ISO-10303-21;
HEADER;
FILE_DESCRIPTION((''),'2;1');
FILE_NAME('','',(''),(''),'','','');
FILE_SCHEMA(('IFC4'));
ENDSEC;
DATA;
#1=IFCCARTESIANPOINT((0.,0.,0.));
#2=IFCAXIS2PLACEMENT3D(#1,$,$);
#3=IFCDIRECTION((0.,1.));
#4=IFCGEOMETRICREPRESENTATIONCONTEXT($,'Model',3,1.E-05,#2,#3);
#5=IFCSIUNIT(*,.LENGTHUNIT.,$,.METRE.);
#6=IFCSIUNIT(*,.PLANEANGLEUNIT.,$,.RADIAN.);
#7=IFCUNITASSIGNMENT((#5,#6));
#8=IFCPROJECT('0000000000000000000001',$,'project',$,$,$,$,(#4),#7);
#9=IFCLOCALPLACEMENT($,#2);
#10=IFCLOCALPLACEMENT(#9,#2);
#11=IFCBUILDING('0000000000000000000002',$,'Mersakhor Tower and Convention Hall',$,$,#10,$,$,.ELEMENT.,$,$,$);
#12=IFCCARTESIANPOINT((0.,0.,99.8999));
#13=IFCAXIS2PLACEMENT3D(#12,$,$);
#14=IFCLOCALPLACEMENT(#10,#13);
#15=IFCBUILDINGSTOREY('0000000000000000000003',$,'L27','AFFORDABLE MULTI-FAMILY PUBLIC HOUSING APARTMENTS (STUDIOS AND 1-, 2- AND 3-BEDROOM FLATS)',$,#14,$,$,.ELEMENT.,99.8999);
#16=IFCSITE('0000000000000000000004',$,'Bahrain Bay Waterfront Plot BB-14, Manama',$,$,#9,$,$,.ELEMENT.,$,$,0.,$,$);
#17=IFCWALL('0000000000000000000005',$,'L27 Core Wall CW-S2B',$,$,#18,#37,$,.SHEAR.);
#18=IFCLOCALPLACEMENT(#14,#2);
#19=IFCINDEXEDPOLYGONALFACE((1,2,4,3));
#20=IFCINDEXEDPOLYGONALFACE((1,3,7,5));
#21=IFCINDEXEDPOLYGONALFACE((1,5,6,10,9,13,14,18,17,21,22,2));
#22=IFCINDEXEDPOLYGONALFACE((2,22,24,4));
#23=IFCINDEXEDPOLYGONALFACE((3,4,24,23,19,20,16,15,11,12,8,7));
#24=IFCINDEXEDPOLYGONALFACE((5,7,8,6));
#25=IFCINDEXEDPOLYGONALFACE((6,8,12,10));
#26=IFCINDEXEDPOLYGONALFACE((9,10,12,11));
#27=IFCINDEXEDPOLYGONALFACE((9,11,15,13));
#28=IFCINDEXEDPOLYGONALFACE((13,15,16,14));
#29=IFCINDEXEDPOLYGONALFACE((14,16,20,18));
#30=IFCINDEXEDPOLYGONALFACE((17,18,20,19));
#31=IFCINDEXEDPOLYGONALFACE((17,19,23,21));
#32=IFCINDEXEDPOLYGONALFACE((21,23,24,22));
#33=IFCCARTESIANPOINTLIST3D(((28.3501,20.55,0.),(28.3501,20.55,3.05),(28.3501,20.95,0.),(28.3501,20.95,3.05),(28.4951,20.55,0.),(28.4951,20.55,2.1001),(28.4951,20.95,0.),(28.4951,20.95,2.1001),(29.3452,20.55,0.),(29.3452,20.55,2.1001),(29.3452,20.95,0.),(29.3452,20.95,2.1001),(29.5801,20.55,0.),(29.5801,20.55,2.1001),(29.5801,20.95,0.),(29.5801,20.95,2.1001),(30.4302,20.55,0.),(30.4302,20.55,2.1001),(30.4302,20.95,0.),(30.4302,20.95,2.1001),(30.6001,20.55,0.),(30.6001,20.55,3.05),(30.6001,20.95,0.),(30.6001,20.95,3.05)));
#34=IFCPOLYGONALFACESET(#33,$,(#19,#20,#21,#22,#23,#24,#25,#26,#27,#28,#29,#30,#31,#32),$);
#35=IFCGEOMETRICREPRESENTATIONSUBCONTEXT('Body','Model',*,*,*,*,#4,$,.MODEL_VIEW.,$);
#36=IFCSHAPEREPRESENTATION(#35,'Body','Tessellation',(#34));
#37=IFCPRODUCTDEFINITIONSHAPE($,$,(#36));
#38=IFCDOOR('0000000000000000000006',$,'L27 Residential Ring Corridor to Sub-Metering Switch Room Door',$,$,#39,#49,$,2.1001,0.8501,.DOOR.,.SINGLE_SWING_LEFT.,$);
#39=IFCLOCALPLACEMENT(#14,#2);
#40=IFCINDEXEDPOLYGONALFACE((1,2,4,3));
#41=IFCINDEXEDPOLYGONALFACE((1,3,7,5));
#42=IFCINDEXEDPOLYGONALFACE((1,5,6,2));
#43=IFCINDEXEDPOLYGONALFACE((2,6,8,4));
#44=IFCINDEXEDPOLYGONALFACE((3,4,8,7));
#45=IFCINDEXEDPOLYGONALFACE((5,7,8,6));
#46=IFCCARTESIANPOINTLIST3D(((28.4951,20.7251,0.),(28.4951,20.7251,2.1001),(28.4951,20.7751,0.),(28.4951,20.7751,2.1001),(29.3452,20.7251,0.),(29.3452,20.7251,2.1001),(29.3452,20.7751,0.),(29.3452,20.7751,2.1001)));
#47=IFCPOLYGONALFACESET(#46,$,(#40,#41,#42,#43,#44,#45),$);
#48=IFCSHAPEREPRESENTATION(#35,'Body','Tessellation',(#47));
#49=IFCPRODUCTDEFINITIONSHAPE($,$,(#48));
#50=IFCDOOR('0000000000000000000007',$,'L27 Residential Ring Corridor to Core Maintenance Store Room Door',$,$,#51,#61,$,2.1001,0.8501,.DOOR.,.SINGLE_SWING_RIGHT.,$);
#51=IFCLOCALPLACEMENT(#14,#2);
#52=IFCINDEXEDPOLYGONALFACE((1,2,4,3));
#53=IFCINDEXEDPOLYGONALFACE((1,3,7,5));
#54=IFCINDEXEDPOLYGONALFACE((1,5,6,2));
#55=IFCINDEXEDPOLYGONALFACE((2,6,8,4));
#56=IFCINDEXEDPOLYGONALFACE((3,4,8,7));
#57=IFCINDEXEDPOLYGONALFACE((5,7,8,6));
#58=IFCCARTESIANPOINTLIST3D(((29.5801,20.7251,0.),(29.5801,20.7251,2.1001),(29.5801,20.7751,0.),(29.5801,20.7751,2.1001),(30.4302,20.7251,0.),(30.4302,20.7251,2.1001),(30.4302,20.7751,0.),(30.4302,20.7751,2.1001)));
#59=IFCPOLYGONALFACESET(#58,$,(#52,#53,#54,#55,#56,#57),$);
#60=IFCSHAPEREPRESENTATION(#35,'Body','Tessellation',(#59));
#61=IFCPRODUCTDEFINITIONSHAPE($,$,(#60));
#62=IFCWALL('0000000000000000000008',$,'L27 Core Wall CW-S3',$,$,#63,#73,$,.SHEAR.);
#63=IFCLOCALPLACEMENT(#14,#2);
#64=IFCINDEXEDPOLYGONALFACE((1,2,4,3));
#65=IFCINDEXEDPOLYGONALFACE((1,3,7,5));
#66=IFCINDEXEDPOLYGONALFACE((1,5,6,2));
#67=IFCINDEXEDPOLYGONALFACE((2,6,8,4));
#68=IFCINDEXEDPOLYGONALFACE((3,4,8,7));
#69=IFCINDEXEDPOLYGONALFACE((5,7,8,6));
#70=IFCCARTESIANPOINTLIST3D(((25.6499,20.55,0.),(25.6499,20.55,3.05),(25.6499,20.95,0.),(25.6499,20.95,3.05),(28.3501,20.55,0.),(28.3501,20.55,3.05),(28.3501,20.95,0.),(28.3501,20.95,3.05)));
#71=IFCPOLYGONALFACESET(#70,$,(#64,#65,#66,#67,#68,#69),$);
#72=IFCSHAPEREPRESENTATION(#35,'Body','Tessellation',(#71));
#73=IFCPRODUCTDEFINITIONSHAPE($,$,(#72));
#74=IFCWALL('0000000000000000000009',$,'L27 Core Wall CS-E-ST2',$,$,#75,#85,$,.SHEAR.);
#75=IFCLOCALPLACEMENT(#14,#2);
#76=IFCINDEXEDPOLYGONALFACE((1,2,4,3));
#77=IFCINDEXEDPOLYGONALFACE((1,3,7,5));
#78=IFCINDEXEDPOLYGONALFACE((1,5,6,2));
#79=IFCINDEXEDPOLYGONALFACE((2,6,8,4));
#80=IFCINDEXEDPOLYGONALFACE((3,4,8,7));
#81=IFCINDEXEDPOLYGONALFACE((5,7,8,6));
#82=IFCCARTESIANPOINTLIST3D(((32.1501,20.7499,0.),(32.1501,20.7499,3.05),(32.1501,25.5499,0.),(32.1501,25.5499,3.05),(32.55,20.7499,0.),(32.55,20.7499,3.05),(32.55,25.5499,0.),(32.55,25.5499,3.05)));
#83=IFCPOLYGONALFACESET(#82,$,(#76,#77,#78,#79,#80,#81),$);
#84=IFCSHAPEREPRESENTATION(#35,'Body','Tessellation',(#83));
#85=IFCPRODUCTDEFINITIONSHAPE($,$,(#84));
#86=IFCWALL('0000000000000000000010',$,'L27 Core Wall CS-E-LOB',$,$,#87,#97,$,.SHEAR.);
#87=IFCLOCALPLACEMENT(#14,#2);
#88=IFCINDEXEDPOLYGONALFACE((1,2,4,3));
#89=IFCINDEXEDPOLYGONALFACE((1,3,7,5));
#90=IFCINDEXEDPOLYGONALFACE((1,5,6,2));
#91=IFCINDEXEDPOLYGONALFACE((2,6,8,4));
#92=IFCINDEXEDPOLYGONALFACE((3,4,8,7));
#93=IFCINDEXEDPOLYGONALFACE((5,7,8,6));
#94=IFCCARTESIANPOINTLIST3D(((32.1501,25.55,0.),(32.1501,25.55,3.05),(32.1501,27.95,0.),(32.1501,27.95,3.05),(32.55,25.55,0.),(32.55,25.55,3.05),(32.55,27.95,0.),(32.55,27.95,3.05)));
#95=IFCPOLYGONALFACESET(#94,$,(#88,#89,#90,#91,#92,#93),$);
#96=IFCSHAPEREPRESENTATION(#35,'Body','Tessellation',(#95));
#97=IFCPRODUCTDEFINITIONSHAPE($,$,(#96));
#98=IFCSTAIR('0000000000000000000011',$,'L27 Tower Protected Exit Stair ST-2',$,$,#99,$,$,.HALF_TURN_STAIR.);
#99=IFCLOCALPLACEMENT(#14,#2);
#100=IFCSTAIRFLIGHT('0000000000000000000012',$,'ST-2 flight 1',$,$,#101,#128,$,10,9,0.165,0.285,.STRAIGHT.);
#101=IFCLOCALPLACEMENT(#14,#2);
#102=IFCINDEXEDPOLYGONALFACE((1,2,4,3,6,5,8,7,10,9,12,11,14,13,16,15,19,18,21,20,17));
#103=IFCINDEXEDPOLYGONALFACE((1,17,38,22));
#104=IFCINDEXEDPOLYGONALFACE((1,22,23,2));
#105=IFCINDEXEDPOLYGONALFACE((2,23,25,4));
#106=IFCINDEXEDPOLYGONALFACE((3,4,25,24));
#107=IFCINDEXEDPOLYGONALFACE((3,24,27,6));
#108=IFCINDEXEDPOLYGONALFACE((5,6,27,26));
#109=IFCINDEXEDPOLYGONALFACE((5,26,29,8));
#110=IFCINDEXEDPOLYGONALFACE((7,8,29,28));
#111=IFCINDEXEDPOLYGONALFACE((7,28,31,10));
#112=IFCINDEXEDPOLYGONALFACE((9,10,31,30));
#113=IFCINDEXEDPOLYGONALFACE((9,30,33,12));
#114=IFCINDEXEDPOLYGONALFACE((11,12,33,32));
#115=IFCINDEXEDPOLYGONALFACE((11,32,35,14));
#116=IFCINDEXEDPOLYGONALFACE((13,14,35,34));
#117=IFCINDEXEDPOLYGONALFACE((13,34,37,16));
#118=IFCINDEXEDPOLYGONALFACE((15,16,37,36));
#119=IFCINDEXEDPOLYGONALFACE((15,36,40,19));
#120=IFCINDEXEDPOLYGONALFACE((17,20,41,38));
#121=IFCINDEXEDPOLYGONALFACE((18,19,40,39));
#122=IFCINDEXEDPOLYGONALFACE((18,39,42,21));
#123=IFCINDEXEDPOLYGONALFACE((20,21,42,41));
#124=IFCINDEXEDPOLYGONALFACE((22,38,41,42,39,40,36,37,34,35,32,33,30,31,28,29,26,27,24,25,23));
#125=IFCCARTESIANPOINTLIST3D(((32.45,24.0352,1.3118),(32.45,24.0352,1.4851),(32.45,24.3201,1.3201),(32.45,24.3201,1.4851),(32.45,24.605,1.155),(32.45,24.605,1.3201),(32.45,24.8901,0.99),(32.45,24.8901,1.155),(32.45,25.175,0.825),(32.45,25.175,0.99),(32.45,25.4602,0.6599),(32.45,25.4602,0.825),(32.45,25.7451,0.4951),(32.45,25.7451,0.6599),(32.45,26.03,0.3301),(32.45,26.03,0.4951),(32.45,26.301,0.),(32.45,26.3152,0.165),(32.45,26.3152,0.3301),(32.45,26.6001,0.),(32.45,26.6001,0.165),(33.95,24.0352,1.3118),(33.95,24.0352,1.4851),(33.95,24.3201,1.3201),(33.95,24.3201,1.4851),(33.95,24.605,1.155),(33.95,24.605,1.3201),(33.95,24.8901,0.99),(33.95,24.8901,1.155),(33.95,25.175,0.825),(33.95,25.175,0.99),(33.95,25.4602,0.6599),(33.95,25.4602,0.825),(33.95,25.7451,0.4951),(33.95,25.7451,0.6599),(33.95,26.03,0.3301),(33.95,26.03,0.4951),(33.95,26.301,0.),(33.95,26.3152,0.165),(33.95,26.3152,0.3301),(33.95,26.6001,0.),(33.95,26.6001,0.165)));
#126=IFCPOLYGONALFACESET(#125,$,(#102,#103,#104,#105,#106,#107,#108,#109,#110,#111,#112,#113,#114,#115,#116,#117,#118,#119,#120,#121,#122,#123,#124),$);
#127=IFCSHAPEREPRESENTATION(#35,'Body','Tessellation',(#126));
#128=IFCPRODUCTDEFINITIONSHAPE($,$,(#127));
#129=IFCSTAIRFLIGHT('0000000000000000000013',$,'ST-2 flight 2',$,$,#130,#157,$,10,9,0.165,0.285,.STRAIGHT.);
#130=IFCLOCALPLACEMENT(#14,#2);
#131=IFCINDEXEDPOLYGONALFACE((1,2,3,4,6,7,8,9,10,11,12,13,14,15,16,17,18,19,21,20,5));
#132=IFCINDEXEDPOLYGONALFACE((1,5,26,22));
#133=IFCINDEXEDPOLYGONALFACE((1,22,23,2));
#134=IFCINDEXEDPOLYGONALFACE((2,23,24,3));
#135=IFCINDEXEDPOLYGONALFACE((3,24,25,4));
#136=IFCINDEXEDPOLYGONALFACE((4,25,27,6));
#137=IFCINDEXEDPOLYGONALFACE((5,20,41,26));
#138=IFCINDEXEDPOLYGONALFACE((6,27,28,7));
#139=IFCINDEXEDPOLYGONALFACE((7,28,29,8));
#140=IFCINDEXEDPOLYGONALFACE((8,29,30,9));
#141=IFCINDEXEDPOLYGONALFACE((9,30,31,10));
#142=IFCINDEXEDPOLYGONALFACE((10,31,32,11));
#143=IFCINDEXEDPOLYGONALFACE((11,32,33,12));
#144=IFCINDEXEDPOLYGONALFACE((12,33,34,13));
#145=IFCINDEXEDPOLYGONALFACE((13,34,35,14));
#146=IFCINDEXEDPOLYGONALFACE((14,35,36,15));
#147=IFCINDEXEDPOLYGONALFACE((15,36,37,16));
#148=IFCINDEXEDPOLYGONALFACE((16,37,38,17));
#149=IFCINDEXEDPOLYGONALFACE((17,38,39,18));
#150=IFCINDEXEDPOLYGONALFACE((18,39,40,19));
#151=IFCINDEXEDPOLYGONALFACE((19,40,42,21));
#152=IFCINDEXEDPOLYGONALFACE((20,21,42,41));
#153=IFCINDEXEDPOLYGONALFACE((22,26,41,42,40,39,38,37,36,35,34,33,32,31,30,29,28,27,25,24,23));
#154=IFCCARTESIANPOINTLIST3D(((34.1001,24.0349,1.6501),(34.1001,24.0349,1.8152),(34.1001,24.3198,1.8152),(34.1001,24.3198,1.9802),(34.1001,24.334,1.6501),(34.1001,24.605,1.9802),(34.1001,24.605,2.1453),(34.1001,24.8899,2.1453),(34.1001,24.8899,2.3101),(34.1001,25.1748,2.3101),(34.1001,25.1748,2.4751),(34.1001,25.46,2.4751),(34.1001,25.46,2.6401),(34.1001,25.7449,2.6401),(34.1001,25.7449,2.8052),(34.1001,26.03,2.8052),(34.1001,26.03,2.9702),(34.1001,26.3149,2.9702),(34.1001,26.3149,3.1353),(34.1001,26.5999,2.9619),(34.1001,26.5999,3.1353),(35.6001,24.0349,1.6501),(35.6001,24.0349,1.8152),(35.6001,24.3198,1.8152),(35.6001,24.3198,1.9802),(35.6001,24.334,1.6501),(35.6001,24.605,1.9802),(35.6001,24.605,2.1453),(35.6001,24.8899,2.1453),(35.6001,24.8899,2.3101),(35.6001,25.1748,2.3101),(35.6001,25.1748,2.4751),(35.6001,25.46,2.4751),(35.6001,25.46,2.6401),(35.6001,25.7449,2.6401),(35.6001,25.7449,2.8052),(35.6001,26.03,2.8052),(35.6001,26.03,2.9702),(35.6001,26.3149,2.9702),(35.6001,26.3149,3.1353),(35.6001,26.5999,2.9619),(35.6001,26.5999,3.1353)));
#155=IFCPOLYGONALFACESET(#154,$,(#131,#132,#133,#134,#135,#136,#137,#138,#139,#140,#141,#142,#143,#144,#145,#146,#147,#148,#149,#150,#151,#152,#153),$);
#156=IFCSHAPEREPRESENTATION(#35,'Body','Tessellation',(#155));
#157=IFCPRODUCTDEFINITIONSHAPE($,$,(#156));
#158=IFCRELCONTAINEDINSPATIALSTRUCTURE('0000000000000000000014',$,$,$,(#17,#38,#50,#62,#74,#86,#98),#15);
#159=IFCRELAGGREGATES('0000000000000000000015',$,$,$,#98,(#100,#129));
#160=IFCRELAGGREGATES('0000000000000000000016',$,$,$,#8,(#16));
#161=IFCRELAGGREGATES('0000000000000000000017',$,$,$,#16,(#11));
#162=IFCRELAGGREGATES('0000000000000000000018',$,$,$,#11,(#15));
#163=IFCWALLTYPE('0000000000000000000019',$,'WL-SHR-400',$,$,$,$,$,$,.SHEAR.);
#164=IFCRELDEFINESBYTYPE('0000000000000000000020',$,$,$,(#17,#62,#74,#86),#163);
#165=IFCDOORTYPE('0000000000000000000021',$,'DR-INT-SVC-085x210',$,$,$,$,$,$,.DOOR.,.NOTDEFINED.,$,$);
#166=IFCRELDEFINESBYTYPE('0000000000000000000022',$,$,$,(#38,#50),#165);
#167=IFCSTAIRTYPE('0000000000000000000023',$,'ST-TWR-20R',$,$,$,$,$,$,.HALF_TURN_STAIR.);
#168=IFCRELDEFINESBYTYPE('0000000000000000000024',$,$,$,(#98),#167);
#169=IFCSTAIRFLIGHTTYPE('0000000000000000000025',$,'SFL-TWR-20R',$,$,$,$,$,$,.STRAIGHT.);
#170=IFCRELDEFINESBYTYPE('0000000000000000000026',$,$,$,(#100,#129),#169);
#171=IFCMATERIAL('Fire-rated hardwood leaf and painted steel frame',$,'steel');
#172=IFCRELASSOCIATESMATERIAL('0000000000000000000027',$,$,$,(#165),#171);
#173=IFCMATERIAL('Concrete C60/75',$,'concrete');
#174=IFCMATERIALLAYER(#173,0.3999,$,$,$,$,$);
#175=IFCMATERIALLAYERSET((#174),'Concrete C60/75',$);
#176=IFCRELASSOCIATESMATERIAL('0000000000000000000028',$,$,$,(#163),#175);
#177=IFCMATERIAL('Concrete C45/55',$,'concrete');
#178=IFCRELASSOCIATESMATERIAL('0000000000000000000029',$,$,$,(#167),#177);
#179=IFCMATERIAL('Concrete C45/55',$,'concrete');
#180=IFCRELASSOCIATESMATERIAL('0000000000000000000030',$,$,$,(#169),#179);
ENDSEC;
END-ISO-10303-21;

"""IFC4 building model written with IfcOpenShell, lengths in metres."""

from ifc_helpers import new_model, si_unit, direction, frame, frame_2d, origin, place, context, subcontext, project, spatial, polyline, rectangle, outline, extrude, material, layer, layer_set, type_object, element, fill, aggregate, save


model = new_model("IFC4")

# Units and contexts
model_context = context("Model", 3, precision=1e-05, world=origin(), true_north=direction((0.0, 1.0)))
body_context = subcontext(model_context, "Body", "Model", "MODEL_VIEW")
ifc_project = project(units=[si_unit("LENGTHUNIT", "METRE"), si_unit("PLANEANGLEUNIT", "RADIAN")], contexts=[model_context])

# Site, building, storey
site_placement = place(None, origin())
site = spatial("IfcSite", under=ifc_project, at=site_placement, Name="Bahrain Bay Waterfront Plot BB-14, Manama", CompositionType="ELEMENT", RefElevation=0.0)
building_placement = place(site_placement, origin())
building = spatial("IfcBuilding", under=site, at=building_placement, Name="Mersakhor Tower and Convention Hall", CompositionType="ELEMENT")
storey_placement = place(building_placement, frame((0.0, 0.0, 99.8999)))
storey = spatial("IfcBuildingStorey", under=building, at=storey_placement, Name="L27", Description="AFFORDABLE MULTI-FAMILY PUBLIC HOUSING APARTMENTS (STUDIOS AND 1-, 2- AND 3-BEDROOM FLATS)", CompositionType="ELEMENT", Elevation=99.8999)

# Shared definitions
ifc_material_1 = material(Name="Fire-rated hardwood leaf and painted steel frame", Category="steel")
door_type_1 = type_object("IfcDoorType", Name="DR-INT-SVC-085x210", OperationType="NOTDEFINED", PredefinedType="DOOR", material=ifc_material_1)

# Shared definitions
ifc_material_2 = material(Name="Concrete C60/75", Category="concrete")
ifc_layer_1 = layer(ifc_material_2, 0.3999)
ifc_layer_set_1 = layer_set([ifc_layer_1], Name="Concrete C60/75")
wall_type_1 = type_object("IfcWallType", Name="WL-SHR-400", PredefinedType="SHEAR", material=ifc_layer_set_1)

# Wall, openings, doors
wall_1_placement = place(storey_placement, frame((30.6001, 20.75, 0.0), z_axis=(0.0, 0.0, 1.0), x_axis=(-1.0, 0.0, 0.0)))
wall_1 = element("IfcWall", 1, at=wall_1_placement, inside=storey, type_object=wall_type_1, Name="L27 Core Wall CW-S2B", PredefinedType="SHEAR", context=body_context, shape_type="SweptSolid", body=[
    extrude(rectangle(XDim=2.25, YDim=0.3999, at=frame_2d((1.125, 0.0))), origin(), (0.0, 0.0, 1.0), 3.05),
])
opening_1_placement = place(wall_1_placement, frame((1.2549, 0.0, 0.0)))
opening_1 = element("IfcOpeningElement", 2, at=opening_1_placement, cuts=wall_1, PredefinedType="OPENING", context=body_context, shape_type="SweptSolid", body=[
    extrude(rectangle(XDim=0.8501, YDim=2.1001, at=frame_2d((0.425, 1.05))), frame((0.0, 0.21, 0.0), z_axis=(0.0, -1.0, 0.0), x_axis=(1.0, 0.0, 0.0)), (0.0, 0.0, 1.0), 0.4199),
])
opening_2_placement = place(wall_1_placement, frame((0.1699, 0.0, 0.0)))
opening_2 = element("IfcOpeningElement", 3, at=opening_2_placement, cuts=wall_1, PredefinedType="OPENING", context=body_context, shape_type="SweptSolid", body=[
    extrude(rectangle(XDim=0.8501, YDim=2.1001, at=frame_2d((0.425, 1.05))), frame((0.0, 0.21, 0.0), z_axis=(0.0, -1.0, 0.0), x_axis=(1.0, 0.0, 0.0)), (0.0, 0.0, 1.0), 0.4199),
])
door_1_placement = place(opening_1_placement, origin())
door_1 = element("IfcDoor", 4, at=door_1_placement, inside=storey, type_object=door_type_1, Name="L27 Residential Ring Corridor to Sub-Metering Switch Room Door", OperationType="SINGLE_SWING_LEFT", OverallHeight=2.1001, OverallWidth=0.8501, PredefinedType="DOOR", context=body_context, shape_type="SweptSolid", body=[
    extrude(rectangle(XDim=0.8501, YDim=2.1001, at=frame_2d((0.425, 1.05))), frame((0.0, 0.0249, 0.0), z_axis=(0.0, -1.0, 0.0), x_axis=(1.0, 0.0, 0.0)), (0.0, 0.0, 1.0), 0.05),
])
fill(opening_1, door_1)
door_2_placement = place(opening_2_placement, origin())
door_2 = element("IfcDoor", 5, at=door_2_placement, inside=storey, type_object=door_type_1, Name="L27 Residential Ring Corridor to Core Maintenance Store Room Door", OperationType="SINGLE_SWING_RIGHT", OverallHeight=2.1001, OverallWidth=0.8501, PredefinedType="DOOR", context=body_context, shape_type="SweptSolid", body=[
    extrude(rectangle(XDim=0.8501, YDim=2.1001, at=frame_2d((0.425, 1.05))), frame((0.0, 0.0249, 0.0), z_axis=(0.0, -1.0, 0.0), x_axis=(1.0, 0.0, 0.0)), (0.0, 0.0, 1.0), 0.05),
])
fill(opening_2, door_2)

# Walls
wall_2_placement = place(storey_placement, frame((28.3501, 20.75, 0.0), z_axis=(0.0, 0.0, 1.0), x_axis=(-1.0, 0.0, 0.0)))
element("IfcWall", 6, at=wall_2_placement, inside=storey, type_object=wall_type_1, Name="L27 Core Wall CW-S3", PredefinedType="SHEAR", context=body_context, shape_type="SweptSolid", body=[
    extrude(rectangle(XDim=2.7002, YDim=0.3999, at=frame_2d((1.3501, 0.0))), origin(), (0.0, 0.0, 1.0), 3.05),
])
wall_3_placement = place(storey_placement, frame((32.3501, 20.75, 0.0), z_axis=(0.0, 0.0, 1.0), x_axis=(0.0, 1.0, 0.0)))
element("IfcWall", 7, at=wall_3_placement, inside=storey, type_object=wall_type_1, Name="L27 Core Wall CS-E-ST2", PredefinedType="SHEAR", context=body_context, shape_type="SweptSolid", body=[
    extrude(rectangle(XDim=4.8, YDim=0.3999, at=frame_2d((2.3999, 0.0))), origin(), (0.0, 0.0, 1.0), 3.05),
])
wall_4_placement = place(storey_placement, frame((32.3501, 25.55, 0.0), z_axis=(0.0, 0.0, 1.0), x_axis=(0.0, 1.0, 0.0)))
element("IfcWall", 8, at=wall_4_placement, inside=storey, type_object=wall_type_1, Name="L27 Core Wall CS-E-LOB", PredefinedType="SHEAR", context=body_context, shape_type="SweptSolid", body=[
    extrude(rectangle(XDim=2.3999, YDim=0.3999, at=frame_2d((1.2, 0.0))), origin(), (0.0, 0.0, 1.0), 3.05),
])

# Stair, stair flights
ifc_material_3 = material(Name="Concrete C45/55", Category="concrete")
stair_type = type_object("IfcStairType", Name="ST-TWR-20R", PredefinedType="HALF_TURN_STAIR", material=ifc_material_3)
stair_placement = place(storey_placement, origin())
stair = element("IfcStair", 9, at=stair_placement, inside=storey, type_object=stair_type, Name="L27 Tower Protected Exit Stair ST-2", PredefinedType="HALF_TURN_STAIR")
ifc_material_4 = material(Name="Concrete C45/55", Category="concrete")
stair_flight_type = type_object("IfcStairFlightType", Name="SFL-TWR-20R", PredefinedType="STRAIGHT", material=ifc_material_4)
stair_flight_1_placement = place(storey_placement, frame((33.2, 26.6001, 0.0), z_axis=(0.0, 0.0, 1.0), x_axis=(0.0, -1.0, 0.0)))
stair_flight_1 = element("IfcStairFlight", 10, at=stair_flight_1_placement, type_object=stair_flight_type, Name="ST-2 flight 1", NumberOfRisers=10, NumberOfTreads=9, PredefinedType="STRAIGHT", RiserHeight=0.165, TreadLength=0.285, context=body_context, shape_type="SweptSolid", body=[
    extrude(outline(polyline([(0.0, 0.0), (0.0, 0.165), (0.2849, 0.165), (0.2849, 0.3301), (0.5701, 0.3301), (0.5701, 0.4951), (0.855, 0.4951), (0.855, 0.6599), (1.1399, 0.6599), (1.1399, 0.825), (1.425, 0.825), (1.425, 0.99), (1.71, 0.99), (1.71, 1.155), (1.9951, 1.155), (1.9951, 1.3201), (2.28, 1.3201), (2.28, 1.4851), (2.5649, 1.4851), (2.5649, 1.6499), (2.5649, 1.3118), (0.2991, 0.0), (0.0, 0.0)])), frame((0.0, 0.75, 0.0), z_axis=(0.0, -1.0, 0.0), x_axis=(1.0, 0.0, 0.0)), (0.0, 0.0, 1.0), 1.5),
])
stair_flight_2_placement = place(storey_placement, frame((34.8501, 24.0349, 1.6501), z_axis=(0.0, 0.0, 1.0), x_axis=(0.0, 1.0, 0.0)))
stair_flight_2 = element("IfcStairFlight", 11, at=stair_flight_2_placement, type_object=stair_flight_type, Name="ST-2 flight 2", NumberOfRisers=10, NumberOfTreads=9, PredefinedType="STRAIGHT", RiserHeight=0.165, TreadLength=0.285, context=body_context, shape_type="SweptSolid", body=[
    extrude(outline(polyline([(0.0, 0.0), (0.0, 0.165), (0.2849, 0.165), (0.2849, 0.3301), (0.5701, 0.3301), (0.5701, 0.4951), (0.855, 0.4951), (0.855, 0.6599), (1.1399, 0.6599), (1.1399, 0.825), (1.425, 0.825), (1.425, 0.99), (1.71, 0.99), (1.71, 1.155), (1.9951, 1.155), (1.9951, 1.3201), (2.28, 1.3201), (2.28, 1.4851), (2.5649, 1.4851), (2.5649, 1.6499), (2.5649, 1.3118), (0.2991, 0.0), (0.0, 0.0)])), frame((0.0, 0.75, 0.0), z_axis=(0.0, -1.0, 0.0), x_axis=(1.0, 0.0, 0.0)), (0.0, 0.0, 1.0), 1.5),
])
aggregate(stair, [stair_flight_1, stair_flight_2])

save(model, "model.ifc")
